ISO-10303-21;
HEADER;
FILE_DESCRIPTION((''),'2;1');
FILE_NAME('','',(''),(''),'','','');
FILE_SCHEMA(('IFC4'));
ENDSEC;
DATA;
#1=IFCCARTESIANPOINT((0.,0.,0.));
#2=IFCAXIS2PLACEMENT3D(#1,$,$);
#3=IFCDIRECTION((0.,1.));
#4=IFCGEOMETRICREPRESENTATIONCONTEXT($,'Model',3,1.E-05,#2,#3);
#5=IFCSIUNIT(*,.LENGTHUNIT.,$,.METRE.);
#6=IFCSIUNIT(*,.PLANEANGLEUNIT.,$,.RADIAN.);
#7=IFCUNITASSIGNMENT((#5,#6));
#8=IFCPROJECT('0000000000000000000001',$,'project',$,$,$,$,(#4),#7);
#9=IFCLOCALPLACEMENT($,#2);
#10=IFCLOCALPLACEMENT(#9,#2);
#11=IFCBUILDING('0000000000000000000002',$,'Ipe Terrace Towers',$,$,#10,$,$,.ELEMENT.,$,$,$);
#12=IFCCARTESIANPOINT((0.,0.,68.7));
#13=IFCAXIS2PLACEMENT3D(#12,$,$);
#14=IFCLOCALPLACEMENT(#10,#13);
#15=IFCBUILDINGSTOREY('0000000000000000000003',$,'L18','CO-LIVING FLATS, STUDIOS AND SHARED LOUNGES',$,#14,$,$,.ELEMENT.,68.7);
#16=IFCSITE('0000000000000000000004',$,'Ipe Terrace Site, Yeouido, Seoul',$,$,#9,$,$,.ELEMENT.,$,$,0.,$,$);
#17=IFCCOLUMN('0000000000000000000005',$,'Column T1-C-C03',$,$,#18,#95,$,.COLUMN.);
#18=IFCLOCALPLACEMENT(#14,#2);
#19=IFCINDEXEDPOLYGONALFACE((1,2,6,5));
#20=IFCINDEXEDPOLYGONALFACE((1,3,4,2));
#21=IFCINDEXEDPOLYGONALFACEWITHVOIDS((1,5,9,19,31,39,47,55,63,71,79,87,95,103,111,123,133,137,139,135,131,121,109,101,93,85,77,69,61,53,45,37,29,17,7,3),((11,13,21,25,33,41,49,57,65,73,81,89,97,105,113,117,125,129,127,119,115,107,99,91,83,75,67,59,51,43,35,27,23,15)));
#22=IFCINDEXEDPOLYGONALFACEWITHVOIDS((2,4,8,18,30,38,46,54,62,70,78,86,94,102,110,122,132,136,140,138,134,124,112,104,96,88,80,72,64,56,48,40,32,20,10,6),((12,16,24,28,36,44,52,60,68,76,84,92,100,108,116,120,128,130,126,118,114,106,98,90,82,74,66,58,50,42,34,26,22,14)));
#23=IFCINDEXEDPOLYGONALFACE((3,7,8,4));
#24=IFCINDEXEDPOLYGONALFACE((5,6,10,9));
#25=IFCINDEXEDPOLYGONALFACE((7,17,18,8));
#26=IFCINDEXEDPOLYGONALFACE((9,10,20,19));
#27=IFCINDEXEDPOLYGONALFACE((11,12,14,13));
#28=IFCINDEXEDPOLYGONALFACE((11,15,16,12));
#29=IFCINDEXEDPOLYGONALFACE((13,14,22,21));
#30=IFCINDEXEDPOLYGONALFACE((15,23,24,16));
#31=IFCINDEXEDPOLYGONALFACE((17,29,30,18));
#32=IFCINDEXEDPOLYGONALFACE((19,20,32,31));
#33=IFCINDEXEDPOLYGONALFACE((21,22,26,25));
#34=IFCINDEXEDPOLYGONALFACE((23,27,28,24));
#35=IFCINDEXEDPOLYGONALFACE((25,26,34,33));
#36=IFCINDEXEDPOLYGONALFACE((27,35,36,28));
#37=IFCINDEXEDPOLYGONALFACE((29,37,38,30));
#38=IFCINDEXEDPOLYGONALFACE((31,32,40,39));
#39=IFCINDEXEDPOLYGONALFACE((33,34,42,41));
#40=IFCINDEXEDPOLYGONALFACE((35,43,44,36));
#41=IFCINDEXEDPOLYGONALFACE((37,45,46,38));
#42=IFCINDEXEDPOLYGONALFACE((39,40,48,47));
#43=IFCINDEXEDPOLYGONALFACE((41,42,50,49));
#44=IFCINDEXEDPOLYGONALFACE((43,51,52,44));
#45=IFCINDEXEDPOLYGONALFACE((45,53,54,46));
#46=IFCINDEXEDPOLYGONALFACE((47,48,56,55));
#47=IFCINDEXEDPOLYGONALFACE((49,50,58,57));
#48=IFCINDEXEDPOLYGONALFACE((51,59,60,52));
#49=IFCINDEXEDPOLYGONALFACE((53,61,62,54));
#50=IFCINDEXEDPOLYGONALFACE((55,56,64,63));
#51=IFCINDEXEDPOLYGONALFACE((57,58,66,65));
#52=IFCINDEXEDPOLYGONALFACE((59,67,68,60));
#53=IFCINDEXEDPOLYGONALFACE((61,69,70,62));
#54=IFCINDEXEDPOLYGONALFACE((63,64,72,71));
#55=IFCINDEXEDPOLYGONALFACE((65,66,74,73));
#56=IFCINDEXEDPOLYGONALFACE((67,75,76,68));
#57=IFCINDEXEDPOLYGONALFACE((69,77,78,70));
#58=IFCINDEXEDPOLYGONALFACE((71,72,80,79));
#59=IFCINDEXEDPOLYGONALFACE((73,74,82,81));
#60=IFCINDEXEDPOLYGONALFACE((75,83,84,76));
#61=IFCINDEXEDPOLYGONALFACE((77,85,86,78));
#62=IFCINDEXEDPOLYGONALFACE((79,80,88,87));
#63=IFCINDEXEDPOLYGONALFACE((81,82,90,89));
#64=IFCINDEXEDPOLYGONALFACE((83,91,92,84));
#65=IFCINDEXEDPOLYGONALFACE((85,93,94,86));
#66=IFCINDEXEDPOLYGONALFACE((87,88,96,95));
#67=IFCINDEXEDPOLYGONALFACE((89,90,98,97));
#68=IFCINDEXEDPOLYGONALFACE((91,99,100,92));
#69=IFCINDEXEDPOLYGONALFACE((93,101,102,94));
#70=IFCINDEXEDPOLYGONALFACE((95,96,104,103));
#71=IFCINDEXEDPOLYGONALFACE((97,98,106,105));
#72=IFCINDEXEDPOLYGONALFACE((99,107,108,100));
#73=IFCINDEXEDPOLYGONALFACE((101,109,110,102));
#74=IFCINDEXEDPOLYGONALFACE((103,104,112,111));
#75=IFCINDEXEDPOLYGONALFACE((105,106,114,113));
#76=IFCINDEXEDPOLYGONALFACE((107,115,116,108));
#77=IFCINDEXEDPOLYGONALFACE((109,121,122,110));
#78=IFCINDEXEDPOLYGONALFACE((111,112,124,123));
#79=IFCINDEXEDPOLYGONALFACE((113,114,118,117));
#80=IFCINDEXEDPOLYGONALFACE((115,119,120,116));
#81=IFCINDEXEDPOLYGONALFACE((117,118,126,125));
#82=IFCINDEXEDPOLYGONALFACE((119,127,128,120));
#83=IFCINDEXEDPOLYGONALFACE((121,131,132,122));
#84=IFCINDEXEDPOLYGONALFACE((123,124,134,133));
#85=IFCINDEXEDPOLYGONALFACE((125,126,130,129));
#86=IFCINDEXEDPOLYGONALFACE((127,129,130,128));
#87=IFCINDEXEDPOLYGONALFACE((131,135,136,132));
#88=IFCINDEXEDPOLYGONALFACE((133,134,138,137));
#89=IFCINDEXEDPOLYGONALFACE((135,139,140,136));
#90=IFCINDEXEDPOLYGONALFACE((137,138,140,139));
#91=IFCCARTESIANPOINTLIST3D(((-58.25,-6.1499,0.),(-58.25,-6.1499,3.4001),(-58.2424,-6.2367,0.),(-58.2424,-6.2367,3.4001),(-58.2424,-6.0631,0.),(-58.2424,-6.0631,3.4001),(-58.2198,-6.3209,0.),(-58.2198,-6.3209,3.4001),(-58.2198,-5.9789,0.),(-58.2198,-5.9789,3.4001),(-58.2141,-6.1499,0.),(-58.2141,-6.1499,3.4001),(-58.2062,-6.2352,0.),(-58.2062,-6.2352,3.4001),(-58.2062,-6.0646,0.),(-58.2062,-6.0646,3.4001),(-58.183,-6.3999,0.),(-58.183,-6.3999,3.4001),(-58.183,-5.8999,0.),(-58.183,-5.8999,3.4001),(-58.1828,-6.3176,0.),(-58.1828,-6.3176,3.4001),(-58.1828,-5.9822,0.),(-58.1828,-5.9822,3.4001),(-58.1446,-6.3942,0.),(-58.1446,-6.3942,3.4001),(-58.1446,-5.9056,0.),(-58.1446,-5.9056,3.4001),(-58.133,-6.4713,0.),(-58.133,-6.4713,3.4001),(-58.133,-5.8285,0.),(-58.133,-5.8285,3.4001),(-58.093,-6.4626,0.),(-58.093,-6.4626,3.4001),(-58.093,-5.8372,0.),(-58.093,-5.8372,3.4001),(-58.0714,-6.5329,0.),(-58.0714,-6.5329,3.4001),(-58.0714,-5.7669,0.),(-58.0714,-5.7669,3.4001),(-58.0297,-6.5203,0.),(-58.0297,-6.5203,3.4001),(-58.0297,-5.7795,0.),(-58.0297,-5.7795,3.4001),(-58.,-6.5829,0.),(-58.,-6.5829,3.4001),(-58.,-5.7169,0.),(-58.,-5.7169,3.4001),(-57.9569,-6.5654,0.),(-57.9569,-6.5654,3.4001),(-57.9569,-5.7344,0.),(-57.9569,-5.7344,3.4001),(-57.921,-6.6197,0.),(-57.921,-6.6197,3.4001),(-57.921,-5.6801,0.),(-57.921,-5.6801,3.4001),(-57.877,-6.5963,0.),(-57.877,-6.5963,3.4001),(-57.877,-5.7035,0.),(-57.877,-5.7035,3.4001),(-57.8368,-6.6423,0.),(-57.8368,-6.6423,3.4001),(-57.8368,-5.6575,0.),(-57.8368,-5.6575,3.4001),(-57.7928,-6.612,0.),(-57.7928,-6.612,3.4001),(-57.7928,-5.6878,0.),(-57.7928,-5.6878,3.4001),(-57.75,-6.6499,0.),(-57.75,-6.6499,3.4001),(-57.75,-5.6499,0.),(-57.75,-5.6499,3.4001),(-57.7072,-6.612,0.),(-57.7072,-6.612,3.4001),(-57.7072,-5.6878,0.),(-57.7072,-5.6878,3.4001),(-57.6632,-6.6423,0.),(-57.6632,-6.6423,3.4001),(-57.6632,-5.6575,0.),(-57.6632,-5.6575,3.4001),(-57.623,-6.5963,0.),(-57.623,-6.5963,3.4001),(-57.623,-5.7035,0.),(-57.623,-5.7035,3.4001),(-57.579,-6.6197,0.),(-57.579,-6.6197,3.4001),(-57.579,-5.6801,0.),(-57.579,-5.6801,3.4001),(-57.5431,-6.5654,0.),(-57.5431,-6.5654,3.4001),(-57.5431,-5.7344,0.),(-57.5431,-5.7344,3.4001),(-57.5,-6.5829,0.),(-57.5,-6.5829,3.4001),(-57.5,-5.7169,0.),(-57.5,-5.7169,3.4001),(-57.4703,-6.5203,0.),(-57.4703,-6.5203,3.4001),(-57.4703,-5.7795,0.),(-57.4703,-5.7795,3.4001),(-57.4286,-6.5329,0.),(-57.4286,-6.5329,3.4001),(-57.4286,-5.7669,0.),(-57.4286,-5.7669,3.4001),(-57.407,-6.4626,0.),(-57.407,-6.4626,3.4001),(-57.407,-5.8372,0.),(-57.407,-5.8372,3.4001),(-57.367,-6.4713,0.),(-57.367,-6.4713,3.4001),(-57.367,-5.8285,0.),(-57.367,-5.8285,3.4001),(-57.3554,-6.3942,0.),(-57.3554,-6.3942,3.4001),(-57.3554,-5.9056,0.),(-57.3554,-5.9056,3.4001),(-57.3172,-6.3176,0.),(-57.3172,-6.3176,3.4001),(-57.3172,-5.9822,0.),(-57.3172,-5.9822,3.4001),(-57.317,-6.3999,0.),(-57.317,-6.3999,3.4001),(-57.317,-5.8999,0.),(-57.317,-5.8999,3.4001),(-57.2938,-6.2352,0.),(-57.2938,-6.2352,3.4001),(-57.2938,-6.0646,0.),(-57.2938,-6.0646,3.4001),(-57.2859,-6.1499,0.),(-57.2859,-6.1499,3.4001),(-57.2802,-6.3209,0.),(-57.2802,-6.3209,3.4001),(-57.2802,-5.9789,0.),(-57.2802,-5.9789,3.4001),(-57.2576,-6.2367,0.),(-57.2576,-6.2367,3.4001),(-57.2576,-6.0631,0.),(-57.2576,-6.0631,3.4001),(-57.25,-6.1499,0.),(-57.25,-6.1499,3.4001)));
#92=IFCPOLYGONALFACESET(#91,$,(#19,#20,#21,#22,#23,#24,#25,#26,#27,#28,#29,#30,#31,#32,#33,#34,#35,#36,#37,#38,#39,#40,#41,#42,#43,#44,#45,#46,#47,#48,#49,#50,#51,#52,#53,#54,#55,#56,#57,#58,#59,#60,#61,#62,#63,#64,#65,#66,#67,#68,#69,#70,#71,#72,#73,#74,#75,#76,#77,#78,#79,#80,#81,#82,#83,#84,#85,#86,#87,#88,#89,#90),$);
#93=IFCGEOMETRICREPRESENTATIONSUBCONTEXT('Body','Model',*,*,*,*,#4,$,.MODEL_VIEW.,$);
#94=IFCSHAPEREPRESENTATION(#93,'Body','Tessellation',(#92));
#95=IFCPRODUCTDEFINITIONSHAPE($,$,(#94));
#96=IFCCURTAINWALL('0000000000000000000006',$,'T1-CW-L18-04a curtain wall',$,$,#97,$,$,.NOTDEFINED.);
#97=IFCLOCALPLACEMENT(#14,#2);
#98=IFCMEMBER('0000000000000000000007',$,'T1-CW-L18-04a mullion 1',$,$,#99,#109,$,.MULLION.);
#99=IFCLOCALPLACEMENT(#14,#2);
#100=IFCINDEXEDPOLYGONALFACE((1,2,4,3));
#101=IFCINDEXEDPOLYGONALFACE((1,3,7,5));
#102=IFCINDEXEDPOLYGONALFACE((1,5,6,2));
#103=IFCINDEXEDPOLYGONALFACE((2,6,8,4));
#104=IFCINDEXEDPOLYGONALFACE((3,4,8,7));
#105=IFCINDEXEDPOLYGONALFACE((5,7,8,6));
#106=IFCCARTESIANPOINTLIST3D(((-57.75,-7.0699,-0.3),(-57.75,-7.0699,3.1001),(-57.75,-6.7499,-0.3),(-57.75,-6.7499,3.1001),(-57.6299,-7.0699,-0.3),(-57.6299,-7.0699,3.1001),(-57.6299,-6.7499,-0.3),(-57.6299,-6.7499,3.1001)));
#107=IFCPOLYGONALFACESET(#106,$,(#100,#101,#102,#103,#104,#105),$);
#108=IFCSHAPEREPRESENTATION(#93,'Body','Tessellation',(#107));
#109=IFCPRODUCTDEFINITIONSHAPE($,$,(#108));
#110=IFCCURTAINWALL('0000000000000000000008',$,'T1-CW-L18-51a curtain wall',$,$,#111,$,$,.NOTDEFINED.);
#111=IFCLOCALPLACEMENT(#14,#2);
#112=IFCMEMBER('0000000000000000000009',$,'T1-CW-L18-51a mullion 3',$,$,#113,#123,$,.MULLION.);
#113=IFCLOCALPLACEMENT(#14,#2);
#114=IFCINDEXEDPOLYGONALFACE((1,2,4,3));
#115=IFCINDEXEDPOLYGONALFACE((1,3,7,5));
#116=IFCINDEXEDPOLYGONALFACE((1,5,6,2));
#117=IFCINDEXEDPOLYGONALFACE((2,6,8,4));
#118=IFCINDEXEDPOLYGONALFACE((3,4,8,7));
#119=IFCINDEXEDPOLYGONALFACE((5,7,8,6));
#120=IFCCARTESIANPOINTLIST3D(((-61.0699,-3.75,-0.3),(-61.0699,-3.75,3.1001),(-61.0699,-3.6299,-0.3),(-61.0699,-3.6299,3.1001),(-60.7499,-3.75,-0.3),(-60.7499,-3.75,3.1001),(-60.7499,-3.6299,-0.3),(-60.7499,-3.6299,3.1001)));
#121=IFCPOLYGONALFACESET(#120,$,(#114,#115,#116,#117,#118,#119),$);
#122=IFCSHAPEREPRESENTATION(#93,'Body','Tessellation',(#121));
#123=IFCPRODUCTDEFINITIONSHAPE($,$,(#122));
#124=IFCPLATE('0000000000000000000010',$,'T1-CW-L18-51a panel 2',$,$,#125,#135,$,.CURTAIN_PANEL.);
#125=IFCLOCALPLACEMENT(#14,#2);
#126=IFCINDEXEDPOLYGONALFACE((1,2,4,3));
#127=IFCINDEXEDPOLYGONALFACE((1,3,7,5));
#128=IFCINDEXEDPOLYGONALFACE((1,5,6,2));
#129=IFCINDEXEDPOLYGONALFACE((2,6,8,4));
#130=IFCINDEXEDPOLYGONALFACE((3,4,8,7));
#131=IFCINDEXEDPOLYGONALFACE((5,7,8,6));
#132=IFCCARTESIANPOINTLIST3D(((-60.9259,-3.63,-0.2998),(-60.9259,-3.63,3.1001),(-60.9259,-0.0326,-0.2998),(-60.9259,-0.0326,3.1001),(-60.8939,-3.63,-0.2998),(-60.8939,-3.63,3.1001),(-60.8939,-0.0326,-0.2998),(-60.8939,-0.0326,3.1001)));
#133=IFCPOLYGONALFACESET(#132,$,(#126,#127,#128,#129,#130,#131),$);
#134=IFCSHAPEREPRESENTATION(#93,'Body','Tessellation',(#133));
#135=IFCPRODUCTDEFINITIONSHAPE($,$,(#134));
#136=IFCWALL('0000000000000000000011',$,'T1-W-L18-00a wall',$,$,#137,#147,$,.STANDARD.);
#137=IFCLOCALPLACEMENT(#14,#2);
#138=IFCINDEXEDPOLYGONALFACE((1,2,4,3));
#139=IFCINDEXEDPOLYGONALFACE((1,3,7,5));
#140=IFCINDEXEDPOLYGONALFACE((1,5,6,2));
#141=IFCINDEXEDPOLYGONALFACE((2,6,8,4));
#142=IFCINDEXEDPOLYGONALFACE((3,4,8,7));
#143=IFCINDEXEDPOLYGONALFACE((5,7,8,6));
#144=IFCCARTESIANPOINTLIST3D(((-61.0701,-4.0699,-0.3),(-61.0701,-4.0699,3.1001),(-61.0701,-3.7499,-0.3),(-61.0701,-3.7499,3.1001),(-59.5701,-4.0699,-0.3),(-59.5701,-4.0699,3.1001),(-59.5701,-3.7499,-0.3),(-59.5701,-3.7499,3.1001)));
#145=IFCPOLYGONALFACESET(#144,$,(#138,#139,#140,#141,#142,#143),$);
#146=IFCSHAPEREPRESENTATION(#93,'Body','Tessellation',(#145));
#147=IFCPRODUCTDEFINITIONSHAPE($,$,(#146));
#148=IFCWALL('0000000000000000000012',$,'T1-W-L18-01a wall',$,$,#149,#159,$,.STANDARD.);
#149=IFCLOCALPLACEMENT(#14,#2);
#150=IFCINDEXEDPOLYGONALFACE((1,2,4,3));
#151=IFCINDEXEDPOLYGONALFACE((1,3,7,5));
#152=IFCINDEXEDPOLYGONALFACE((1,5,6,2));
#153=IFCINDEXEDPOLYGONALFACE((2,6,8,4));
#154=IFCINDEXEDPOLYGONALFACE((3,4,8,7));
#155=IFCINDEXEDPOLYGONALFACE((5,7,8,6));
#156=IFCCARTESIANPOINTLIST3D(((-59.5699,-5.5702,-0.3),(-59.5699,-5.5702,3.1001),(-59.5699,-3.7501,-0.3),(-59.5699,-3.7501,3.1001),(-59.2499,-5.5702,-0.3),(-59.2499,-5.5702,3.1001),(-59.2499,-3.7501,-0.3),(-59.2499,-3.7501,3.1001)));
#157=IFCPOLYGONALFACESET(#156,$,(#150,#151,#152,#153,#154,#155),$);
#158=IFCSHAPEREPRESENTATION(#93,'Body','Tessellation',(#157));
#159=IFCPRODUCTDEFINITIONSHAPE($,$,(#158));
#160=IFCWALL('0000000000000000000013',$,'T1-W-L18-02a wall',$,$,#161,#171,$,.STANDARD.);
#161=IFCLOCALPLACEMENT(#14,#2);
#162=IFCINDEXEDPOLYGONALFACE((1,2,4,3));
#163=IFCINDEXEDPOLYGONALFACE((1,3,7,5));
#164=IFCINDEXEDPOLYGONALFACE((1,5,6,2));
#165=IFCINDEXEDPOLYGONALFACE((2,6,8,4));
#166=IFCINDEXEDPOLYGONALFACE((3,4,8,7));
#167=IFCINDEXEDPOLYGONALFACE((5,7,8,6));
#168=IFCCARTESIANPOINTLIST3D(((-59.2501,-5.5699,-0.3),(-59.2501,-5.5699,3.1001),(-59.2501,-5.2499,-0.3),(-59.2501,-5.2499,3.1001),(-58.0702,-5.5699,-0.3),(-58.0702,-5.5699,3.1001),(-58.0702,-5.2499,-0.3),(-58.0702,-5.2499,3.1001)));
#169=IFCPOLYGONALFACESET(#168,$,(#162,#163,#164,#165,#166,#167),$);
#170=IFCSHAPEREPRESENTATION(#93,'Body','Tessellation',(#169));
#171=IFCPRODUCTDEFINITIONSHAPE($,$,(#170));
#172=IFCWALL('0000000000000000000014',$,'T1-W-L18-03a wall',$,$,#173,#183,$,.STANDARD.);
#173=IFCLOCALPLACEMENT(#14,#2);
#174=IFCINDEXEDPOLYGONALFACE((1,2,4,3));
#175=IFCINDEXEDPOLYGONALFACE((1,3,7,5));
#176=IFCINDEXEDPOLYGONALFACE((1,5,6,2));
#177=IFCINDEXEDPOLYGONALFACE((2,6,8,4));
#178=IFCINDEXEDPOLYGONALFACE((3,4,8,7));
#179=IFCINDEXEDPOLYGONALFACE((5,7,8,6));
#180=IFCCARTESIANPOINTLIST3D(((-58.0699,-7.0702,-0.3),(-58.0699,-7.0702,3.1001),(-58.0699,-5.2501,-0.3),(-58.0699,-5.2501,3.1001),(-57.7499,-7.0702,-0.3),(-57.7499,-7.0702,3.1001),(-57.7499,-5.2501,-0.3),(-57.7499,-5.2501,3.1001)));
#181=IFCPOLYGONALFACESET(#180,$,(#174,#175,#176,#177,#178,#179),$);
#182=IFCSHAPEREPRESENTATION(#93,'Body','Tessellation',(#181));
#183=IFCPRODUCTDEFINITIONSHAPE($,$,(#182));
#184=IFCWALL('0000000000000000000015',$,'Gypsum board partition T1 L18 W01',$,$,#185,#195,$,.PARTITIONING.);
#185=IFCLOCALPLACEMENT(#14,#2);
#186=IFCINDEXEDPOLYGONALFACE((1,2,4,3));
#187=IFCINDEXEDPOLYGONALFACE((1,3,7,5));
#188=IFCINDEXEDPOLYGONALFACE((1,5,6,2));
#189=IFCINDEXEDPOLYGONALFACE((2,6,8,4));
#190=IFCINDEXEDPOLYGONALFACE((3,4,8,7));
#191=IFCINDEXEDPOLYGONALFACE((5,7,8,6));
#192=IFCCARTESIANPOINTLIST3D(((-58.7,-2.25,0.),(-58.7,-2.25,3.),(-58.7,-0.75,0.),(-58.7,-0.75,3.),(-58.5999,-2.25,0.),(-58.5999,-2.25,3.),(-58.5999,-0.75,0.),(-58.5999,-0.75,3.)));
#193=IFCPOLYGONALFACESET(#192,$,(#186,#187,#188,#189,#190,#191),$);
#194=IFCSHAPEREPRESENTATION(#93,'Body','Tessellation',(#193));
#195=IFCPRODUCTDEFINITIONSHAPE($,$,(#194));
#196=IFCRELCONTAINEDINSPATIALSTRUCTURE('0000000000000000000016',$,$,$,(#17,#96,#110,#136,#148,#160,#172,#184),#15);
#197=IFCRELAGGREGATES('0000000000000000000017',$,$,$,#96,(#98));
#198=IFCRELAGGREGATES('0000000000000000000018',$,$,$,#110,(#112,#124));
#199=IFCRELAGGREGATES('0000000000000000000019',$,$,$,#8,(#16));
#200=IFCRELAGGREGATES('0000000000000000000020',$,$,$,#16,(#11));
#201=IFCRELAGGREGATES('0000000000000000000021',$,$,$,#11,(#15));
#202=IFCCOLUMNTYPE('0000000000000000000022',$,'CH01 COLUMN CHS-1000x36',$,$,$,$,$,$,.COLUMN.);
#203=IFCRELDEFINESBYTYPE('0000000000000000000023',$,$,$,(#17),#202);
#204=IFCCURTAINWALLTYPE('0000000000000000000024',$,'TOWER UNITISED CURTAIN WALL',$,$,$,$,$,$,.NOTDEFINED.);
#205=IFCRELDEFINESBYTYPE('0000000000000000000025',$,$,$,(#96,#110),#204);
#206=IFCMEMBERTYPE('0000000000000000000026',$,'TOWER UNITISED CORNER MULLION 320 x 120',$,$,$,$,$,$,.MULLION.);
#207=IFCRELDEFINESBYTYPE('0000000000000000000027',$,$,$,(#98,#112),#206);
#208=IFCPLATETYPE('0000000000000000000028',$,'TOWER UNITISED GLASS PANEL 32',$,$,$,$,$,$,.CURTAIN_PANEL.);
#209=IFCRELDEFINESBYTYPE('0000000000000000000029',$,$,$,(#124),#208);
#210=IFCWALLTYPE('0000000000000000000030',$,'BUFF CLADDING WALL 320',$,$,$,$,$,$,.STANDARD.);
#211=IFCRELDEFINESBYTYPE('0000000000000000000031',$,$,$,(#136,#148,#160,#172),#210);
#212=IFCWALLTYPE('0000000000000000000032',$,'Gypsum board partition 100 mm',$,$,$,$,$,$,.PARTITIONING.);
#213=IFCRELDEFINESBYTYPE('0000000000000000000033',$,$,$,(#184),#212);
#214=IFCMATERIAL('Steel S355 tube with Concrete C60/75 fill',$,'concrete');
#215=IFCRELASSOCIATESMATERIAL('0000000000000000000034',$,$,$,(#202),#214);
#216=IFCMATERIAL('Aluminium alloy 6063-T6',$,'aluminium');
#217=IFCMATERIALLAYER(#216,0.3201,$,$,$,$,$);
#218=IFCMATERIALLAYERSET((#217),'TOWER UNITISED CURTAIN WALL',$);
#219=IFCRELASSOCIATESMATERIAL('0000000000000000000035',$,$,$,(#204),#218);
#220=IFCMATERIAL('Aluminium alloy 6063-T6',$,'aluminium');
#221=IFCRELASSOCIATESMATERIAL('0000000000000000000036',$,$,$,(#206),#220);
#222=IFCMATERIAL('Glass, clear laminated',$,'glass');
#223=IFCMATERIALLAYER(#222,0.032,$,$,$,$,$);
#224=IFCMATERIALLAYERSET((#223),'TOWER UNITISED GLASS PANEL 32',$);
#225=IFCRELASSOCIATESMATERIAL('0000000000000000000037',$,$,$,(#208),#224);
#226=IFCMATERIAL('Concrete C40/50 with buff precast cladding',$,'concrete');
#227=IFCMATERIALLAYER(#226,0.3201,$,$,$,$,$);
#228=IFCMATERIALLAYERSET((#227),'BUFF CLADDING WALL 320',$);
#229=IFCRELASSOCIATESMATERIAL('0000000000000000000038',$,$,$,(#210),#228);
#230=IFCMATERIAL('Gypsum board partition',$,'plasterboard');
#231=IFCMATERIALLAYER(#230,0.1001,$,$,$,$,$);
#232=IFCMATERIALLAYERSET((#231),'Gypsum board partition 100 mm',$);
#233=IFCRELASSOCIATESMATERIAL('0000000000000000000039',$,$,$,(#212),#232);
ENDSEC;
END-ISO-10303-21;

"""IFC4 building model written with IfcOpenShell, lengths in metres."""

from ifc_helpers import new_model, si_unit, direction, frame, frame_2d, origin, origin_2d, place, context, subcontext, project, spatial, rectangle, hollow_circle, extrude, material, layer, layer_set, material_profile, profile_set, type_object, element, aggregate, save


model = new_model("IFC4")

# Units and contexts
model_context = context("Model", 3, precision=1e-05, world=origin(), true_north=direction((0.0, 1.0)))
body_context = subcontext(model_context, "Body", "Model", "MODEL_VIEW")
ifc_project = project(units=[si_unit("LENGTHUNIT", "METRE"), si_unit("PLANEANGLEUNIT", "RADIAN")], contexts=[model_context])

# Site, building, storey
site_placement = place(None, origin())
site = spatial("IfcSite", under=ifc_project, at=site_placement, Name="Ipe Terrace Site, Yeouido, Seoul", CompositionType="ELEMENT", RefElevation=0.0)
building_placement = place(site_placement, origin())
building = spatial("IfcBuilding", under=site, at=building_placement, Name="Ipe Terrace Towers", CompositionType="ELEMENT")
storey_placement = place(building_placement, frame((0.0, 0.0, 68.7)))
storey = spatial("IfcBuildingStorey", under=building, at=storey_placement, Name="L18", Description="CO-LIVING FLATS, STUDIOS AND SHARED LOUNGES", CompositionType="ELEMENT", Elevation=68.7)

# Column
ifc_material_1 = material(Name="Steel S355 tube with Concrete C60/75 fill", Category="concrete")
ifc_material_profile_1 = material_profile(ifc_material_1, hollow_circle(Radius=0.5, WallThickness=0.0359, at=origin_2d()), Name="CHS-1000x36")
ifc_profile_set_1 = profile_set([ifc_material_profile_1], Name="Steel S355 tube with Concrete C60/75 fill")
column_type = type_object("IfcColumnType", Name="CH01 COLUMN CHS-1000x36", PredefinedType="COLUMN", material=ifc_profile_set_1)
column_placement = place(storey_placement, frame((-57.75, -6.1499, 0.0), z_axis=(0.0, 0.0, 1.0), x_axis=(1.0, 0.0, 0.0)))
element("IfcColumn", 1, at=column_placement, inside=storey, type_object=column_type, Name="Column T1-C-C03", PredefinedType="COLUMN", context=body_context, shape_type="SweptSolid", body=[
    extrude(hollow_circle(Radius=0.5, WallThickness=0.0359, at=origin_2d()), origin(), (0.0, 0.0, 1.0), 3.4001),
])

# Curtain wall, member
ifc_material_2 = material(Name="Aluminium alloy 6063-T6", Category="aluminium")
ifc_layer_1 = layer(ifc_material_2, 0.3201)
ifc_layer_set_1 = layer_set([ifc_layer_1], Name="TOWER UNITISED CURTAIN WALL")
curtain_wall_type = type_object("IfcCurtainWallType", Name="TOWER UNITISED CURTAIN WALL", PredefinedType="NOTDEFINED", material=ifc_layer_set_1)
curtain_wall_1_placement = place(storey_placement, origin())
curtain_wall_1 = element("IfcCurtainWall", 2, at=curtain_wall_1_placement, inside=storey, type_object=curtain_wall_type, Name="T1-CW-L18-04a curtain wall", PredefinedType="NOTDEFINED")
ifc_material_3 = material(Name="Aluminium alloy 6063-T6", Category="aluminium")
ifc_material_profile_2 = material_profile(ifc_material_3, rectangle(XDim=0.3201, YDim=0.1201, at=origin_2d()), Name="TOWER UNITISED CORNER MULLION 320 x 120")
ifc_profile_set_2 = profile_set([ifc_material_profile_2], Name="Aluminium alloy 6063-T6")
member_type = type_object("IfcMemberType", Name="TOWER UNITISED CORNER MULLION 320 x 120", PredefinedType="MULLION", material=ifc_profile_set_2)
member_1_placement = place(storey_placement, frame((-57.6899, -6.9099, -0.3), z_axis=(0.0, 0.0, 1.0), x_axis=(0.0, -1.0, 0.0)))
member_1 = element("IfcMember", 3, at=member_1_placement, type_object=member_type, Name="T1-CW-L18-04a mullion 1", PredefinedType="MULLION", context=body_context, shape_type="SweptSolid", body=[
    extrude(rectangle(XDim=0.3201, YDim=0.1201, at=origin_2d()), origin(), (0.0, 0.0, 1.0), 3.4001),
])
aggregate(curtain_wall_1, [member_1])

# Curtain wall, member, plate
curtain_wall_2_placement = place(storey_placement, origin())
curtain_wall_2 = element("IfcCurtainWall", 4, at=curtain_wall_2_placement, inside=storey, type_object=curtain_wall_type, Name="T1-CW-L18-51a curtain wall", PredefinedType="NOTDEFINED")
member_2_placement = place(storey_placement, frame((-60.9099, -3.6899, -0.3), z_axis=(0.0, 0.0, 1.0), x_axis=(-1.0, 0.0, 0.0)))
member_2 = element("IfcMember", 5, at=member_2_placement, type_object=member_type, Name="T1-CW-L18-51a mullion 3", PredefinedType="MULLION", context=body_context, shape_type="SweptSolid", body=[
    extrude(rectangle(XDim=0.3201, YDim=0.1201, at=origin_2d()), origin(), (0.0, 0.0, 1.0), 3.4001),
])
ifc_material_4 = material(Name="Glass, clear laminated", Category="glass")
ifc_layer_2 = layer(ifc_material_4, 0.032)
ifc_layer_set_2 = layer_set([ifc_layer_2], Name="TOWER UNITISED GLASS PANEL 32")
plate_type = type_object("IfcPlateType", Name="TOWER UNITISED GLASS PANEL 32", PredefinedType="CURTAIN_PANEL", material=ifc_layer_set_2)
plate_placement = place(storey_placement, frame((-60.9099, -1.8313, -0.2998), z_axis=(0.0, 0.0, 1.0), x_axis=(0.0, -1.0, 0.0)))
plate = element("IfcPlate", 6, at=plate_placement, type_object=plate_type, Name="T1-CW-L18-51a panel 2", PredefinedType="CURTAIN_PANEL", context=body_context, shape_type="SweptSolid", body=[
    extrude(rectangle(XDim=3.5974, YDim=0.032, at=origin_2d()), origin(), (0.0, 0.0, 1.0), 3.3999),
])
aggregate(curtain_wall_2, [member_2, plate])

# Walls
ifc_material_5 = material(Name="Concrete C40/50 with buff precast cladding", Category="concrete")
ifc_layer_3 = layer(ifc_material_5, 0.3201)
ifc_layer_set_3 = layer_set([ifc_layer_3], Name="BUFF CLADDING WALL 320")
wall_type_1 = type_object("IfcWallType", Name="BUFF CLADDING WALL 320", PredefinedType="STANDARD", material=ifc_layer_set_3)
wall_1_placement = place(storey_placement, frame((-61.0701, -3.9099, -0.3), z_axis=(0.0, 0.0, 1.0), x_axis=(1.0, 0.0, 0.0)))
element("IfcWall", 7, at=wall_1_placement, inside=storey, type_object=wall_type_1, Name="T1-W-L18-00a wall", PredefinedType="STANDARD", context=body_context, shape_type="SweptSolid", body=[
    extrude(rectangle(XDim=1.5, YDim=0.3201, at=frame_2d((0.75, 0.0))), origin(), (0.0, 0.0, 1.0), 3.4001),
])
wall_2_placement = place(storey_placement, frame((-59.4099, -3.75, -0.3), z_axis=(0.0, 0.0, 1.0), x_axis=(0.0, -1.0, 0.0)))
element("IfcWall", 8, at=wall_2_placement, inside=storey, type_object=wall_type_1, Name="T1-W-L18-01a wall", PredefinedType="STANDARD", context=body_context, shape_type="SweptSolid", body=[
    extrude(rectangle(XDim=1.8201, YDim=0.3201, at=frame_2d((0.9102, 0.0))), origin(), (0.0, 0.0, 1.0), 3.4001),
])
wall_3_placement = place(storey_placement, frame((-59.25, -5.4099, -0.3), z_axis=(0.0, 0.0, 1.0), x_axis=(1.0, 0.0, 0.0)))
element("IfcWall", 9, at=wall_3_placement, inside=storey, type_object=wall_type_1, Name="T1-W-L18-02a wall", PredefinedType="STANDARD", context=body_context, shape_type="SweptSolid", body=[
    extrude(rectangle(XDim=1.1799, YDim=0.3201, at=frame_2d((0.5898, 0.0))), origin(), (0.0, 0.0, 1.0), 3.4001),
])
wall_4_placement = place(storey_placement, frame((-57.9099, -5.25, -0.3), z_axis=(0.0, 0.0, 1.0), x_axis=(0.0, -1.0, 0.0)))
element("IfcWall", 10, at=wall_4_placement, inside=storey, type_object=wall_type_1, Name="T1-W-L18-03a wall", PredefinedType="STANDARD", context=body_context, shape_type="SweptSolid", body=[
    extrude(rectangle(XDim=1.8201, YDim=0.3201, at=frame_2d((0.9102, 0.0))), origin(), (0.0, 0.0, 1.0), 3.4001),
])
ifc_material_6 = material(Name="Gypsum board partition", Category="plasterboard")
ifc_layer_4 = layer(ifc_material_6, 0.1001)
ifc_layer_set_4 = layer_set([ifc_layer_4], Name="Gypsum board partition 100 mm")
wall_type_2 = type_object("IfcWallType", Name="Gypsum board partition 100 mm", PredefinedType="PARTITIONING", material=ifc_layer_set_4)
wall_5_placement = place(storey_placement, frame((-58.6499, -2.25, 0.0), z_axis=(0.0, 0.0, 1.0), x_axis=(0.0, 1.0, 0.0)))
element("IfcWall", 11, at=wall_5_placement, inside=storey, type_object=wall_type_2, Name="Gypsum board partition T1 L18 W01", PredefinedType="PARTITIONING", context=body_context, shape_type="SweptSolid", body=[
    extrude(rectangle(XDim=1.5, YDim=0.1001, at=frame_2d((0.75, 0.0))), origin(), (0.0, 0.0, 1.0), 3.0),
])

save(model, "model.ifc")
